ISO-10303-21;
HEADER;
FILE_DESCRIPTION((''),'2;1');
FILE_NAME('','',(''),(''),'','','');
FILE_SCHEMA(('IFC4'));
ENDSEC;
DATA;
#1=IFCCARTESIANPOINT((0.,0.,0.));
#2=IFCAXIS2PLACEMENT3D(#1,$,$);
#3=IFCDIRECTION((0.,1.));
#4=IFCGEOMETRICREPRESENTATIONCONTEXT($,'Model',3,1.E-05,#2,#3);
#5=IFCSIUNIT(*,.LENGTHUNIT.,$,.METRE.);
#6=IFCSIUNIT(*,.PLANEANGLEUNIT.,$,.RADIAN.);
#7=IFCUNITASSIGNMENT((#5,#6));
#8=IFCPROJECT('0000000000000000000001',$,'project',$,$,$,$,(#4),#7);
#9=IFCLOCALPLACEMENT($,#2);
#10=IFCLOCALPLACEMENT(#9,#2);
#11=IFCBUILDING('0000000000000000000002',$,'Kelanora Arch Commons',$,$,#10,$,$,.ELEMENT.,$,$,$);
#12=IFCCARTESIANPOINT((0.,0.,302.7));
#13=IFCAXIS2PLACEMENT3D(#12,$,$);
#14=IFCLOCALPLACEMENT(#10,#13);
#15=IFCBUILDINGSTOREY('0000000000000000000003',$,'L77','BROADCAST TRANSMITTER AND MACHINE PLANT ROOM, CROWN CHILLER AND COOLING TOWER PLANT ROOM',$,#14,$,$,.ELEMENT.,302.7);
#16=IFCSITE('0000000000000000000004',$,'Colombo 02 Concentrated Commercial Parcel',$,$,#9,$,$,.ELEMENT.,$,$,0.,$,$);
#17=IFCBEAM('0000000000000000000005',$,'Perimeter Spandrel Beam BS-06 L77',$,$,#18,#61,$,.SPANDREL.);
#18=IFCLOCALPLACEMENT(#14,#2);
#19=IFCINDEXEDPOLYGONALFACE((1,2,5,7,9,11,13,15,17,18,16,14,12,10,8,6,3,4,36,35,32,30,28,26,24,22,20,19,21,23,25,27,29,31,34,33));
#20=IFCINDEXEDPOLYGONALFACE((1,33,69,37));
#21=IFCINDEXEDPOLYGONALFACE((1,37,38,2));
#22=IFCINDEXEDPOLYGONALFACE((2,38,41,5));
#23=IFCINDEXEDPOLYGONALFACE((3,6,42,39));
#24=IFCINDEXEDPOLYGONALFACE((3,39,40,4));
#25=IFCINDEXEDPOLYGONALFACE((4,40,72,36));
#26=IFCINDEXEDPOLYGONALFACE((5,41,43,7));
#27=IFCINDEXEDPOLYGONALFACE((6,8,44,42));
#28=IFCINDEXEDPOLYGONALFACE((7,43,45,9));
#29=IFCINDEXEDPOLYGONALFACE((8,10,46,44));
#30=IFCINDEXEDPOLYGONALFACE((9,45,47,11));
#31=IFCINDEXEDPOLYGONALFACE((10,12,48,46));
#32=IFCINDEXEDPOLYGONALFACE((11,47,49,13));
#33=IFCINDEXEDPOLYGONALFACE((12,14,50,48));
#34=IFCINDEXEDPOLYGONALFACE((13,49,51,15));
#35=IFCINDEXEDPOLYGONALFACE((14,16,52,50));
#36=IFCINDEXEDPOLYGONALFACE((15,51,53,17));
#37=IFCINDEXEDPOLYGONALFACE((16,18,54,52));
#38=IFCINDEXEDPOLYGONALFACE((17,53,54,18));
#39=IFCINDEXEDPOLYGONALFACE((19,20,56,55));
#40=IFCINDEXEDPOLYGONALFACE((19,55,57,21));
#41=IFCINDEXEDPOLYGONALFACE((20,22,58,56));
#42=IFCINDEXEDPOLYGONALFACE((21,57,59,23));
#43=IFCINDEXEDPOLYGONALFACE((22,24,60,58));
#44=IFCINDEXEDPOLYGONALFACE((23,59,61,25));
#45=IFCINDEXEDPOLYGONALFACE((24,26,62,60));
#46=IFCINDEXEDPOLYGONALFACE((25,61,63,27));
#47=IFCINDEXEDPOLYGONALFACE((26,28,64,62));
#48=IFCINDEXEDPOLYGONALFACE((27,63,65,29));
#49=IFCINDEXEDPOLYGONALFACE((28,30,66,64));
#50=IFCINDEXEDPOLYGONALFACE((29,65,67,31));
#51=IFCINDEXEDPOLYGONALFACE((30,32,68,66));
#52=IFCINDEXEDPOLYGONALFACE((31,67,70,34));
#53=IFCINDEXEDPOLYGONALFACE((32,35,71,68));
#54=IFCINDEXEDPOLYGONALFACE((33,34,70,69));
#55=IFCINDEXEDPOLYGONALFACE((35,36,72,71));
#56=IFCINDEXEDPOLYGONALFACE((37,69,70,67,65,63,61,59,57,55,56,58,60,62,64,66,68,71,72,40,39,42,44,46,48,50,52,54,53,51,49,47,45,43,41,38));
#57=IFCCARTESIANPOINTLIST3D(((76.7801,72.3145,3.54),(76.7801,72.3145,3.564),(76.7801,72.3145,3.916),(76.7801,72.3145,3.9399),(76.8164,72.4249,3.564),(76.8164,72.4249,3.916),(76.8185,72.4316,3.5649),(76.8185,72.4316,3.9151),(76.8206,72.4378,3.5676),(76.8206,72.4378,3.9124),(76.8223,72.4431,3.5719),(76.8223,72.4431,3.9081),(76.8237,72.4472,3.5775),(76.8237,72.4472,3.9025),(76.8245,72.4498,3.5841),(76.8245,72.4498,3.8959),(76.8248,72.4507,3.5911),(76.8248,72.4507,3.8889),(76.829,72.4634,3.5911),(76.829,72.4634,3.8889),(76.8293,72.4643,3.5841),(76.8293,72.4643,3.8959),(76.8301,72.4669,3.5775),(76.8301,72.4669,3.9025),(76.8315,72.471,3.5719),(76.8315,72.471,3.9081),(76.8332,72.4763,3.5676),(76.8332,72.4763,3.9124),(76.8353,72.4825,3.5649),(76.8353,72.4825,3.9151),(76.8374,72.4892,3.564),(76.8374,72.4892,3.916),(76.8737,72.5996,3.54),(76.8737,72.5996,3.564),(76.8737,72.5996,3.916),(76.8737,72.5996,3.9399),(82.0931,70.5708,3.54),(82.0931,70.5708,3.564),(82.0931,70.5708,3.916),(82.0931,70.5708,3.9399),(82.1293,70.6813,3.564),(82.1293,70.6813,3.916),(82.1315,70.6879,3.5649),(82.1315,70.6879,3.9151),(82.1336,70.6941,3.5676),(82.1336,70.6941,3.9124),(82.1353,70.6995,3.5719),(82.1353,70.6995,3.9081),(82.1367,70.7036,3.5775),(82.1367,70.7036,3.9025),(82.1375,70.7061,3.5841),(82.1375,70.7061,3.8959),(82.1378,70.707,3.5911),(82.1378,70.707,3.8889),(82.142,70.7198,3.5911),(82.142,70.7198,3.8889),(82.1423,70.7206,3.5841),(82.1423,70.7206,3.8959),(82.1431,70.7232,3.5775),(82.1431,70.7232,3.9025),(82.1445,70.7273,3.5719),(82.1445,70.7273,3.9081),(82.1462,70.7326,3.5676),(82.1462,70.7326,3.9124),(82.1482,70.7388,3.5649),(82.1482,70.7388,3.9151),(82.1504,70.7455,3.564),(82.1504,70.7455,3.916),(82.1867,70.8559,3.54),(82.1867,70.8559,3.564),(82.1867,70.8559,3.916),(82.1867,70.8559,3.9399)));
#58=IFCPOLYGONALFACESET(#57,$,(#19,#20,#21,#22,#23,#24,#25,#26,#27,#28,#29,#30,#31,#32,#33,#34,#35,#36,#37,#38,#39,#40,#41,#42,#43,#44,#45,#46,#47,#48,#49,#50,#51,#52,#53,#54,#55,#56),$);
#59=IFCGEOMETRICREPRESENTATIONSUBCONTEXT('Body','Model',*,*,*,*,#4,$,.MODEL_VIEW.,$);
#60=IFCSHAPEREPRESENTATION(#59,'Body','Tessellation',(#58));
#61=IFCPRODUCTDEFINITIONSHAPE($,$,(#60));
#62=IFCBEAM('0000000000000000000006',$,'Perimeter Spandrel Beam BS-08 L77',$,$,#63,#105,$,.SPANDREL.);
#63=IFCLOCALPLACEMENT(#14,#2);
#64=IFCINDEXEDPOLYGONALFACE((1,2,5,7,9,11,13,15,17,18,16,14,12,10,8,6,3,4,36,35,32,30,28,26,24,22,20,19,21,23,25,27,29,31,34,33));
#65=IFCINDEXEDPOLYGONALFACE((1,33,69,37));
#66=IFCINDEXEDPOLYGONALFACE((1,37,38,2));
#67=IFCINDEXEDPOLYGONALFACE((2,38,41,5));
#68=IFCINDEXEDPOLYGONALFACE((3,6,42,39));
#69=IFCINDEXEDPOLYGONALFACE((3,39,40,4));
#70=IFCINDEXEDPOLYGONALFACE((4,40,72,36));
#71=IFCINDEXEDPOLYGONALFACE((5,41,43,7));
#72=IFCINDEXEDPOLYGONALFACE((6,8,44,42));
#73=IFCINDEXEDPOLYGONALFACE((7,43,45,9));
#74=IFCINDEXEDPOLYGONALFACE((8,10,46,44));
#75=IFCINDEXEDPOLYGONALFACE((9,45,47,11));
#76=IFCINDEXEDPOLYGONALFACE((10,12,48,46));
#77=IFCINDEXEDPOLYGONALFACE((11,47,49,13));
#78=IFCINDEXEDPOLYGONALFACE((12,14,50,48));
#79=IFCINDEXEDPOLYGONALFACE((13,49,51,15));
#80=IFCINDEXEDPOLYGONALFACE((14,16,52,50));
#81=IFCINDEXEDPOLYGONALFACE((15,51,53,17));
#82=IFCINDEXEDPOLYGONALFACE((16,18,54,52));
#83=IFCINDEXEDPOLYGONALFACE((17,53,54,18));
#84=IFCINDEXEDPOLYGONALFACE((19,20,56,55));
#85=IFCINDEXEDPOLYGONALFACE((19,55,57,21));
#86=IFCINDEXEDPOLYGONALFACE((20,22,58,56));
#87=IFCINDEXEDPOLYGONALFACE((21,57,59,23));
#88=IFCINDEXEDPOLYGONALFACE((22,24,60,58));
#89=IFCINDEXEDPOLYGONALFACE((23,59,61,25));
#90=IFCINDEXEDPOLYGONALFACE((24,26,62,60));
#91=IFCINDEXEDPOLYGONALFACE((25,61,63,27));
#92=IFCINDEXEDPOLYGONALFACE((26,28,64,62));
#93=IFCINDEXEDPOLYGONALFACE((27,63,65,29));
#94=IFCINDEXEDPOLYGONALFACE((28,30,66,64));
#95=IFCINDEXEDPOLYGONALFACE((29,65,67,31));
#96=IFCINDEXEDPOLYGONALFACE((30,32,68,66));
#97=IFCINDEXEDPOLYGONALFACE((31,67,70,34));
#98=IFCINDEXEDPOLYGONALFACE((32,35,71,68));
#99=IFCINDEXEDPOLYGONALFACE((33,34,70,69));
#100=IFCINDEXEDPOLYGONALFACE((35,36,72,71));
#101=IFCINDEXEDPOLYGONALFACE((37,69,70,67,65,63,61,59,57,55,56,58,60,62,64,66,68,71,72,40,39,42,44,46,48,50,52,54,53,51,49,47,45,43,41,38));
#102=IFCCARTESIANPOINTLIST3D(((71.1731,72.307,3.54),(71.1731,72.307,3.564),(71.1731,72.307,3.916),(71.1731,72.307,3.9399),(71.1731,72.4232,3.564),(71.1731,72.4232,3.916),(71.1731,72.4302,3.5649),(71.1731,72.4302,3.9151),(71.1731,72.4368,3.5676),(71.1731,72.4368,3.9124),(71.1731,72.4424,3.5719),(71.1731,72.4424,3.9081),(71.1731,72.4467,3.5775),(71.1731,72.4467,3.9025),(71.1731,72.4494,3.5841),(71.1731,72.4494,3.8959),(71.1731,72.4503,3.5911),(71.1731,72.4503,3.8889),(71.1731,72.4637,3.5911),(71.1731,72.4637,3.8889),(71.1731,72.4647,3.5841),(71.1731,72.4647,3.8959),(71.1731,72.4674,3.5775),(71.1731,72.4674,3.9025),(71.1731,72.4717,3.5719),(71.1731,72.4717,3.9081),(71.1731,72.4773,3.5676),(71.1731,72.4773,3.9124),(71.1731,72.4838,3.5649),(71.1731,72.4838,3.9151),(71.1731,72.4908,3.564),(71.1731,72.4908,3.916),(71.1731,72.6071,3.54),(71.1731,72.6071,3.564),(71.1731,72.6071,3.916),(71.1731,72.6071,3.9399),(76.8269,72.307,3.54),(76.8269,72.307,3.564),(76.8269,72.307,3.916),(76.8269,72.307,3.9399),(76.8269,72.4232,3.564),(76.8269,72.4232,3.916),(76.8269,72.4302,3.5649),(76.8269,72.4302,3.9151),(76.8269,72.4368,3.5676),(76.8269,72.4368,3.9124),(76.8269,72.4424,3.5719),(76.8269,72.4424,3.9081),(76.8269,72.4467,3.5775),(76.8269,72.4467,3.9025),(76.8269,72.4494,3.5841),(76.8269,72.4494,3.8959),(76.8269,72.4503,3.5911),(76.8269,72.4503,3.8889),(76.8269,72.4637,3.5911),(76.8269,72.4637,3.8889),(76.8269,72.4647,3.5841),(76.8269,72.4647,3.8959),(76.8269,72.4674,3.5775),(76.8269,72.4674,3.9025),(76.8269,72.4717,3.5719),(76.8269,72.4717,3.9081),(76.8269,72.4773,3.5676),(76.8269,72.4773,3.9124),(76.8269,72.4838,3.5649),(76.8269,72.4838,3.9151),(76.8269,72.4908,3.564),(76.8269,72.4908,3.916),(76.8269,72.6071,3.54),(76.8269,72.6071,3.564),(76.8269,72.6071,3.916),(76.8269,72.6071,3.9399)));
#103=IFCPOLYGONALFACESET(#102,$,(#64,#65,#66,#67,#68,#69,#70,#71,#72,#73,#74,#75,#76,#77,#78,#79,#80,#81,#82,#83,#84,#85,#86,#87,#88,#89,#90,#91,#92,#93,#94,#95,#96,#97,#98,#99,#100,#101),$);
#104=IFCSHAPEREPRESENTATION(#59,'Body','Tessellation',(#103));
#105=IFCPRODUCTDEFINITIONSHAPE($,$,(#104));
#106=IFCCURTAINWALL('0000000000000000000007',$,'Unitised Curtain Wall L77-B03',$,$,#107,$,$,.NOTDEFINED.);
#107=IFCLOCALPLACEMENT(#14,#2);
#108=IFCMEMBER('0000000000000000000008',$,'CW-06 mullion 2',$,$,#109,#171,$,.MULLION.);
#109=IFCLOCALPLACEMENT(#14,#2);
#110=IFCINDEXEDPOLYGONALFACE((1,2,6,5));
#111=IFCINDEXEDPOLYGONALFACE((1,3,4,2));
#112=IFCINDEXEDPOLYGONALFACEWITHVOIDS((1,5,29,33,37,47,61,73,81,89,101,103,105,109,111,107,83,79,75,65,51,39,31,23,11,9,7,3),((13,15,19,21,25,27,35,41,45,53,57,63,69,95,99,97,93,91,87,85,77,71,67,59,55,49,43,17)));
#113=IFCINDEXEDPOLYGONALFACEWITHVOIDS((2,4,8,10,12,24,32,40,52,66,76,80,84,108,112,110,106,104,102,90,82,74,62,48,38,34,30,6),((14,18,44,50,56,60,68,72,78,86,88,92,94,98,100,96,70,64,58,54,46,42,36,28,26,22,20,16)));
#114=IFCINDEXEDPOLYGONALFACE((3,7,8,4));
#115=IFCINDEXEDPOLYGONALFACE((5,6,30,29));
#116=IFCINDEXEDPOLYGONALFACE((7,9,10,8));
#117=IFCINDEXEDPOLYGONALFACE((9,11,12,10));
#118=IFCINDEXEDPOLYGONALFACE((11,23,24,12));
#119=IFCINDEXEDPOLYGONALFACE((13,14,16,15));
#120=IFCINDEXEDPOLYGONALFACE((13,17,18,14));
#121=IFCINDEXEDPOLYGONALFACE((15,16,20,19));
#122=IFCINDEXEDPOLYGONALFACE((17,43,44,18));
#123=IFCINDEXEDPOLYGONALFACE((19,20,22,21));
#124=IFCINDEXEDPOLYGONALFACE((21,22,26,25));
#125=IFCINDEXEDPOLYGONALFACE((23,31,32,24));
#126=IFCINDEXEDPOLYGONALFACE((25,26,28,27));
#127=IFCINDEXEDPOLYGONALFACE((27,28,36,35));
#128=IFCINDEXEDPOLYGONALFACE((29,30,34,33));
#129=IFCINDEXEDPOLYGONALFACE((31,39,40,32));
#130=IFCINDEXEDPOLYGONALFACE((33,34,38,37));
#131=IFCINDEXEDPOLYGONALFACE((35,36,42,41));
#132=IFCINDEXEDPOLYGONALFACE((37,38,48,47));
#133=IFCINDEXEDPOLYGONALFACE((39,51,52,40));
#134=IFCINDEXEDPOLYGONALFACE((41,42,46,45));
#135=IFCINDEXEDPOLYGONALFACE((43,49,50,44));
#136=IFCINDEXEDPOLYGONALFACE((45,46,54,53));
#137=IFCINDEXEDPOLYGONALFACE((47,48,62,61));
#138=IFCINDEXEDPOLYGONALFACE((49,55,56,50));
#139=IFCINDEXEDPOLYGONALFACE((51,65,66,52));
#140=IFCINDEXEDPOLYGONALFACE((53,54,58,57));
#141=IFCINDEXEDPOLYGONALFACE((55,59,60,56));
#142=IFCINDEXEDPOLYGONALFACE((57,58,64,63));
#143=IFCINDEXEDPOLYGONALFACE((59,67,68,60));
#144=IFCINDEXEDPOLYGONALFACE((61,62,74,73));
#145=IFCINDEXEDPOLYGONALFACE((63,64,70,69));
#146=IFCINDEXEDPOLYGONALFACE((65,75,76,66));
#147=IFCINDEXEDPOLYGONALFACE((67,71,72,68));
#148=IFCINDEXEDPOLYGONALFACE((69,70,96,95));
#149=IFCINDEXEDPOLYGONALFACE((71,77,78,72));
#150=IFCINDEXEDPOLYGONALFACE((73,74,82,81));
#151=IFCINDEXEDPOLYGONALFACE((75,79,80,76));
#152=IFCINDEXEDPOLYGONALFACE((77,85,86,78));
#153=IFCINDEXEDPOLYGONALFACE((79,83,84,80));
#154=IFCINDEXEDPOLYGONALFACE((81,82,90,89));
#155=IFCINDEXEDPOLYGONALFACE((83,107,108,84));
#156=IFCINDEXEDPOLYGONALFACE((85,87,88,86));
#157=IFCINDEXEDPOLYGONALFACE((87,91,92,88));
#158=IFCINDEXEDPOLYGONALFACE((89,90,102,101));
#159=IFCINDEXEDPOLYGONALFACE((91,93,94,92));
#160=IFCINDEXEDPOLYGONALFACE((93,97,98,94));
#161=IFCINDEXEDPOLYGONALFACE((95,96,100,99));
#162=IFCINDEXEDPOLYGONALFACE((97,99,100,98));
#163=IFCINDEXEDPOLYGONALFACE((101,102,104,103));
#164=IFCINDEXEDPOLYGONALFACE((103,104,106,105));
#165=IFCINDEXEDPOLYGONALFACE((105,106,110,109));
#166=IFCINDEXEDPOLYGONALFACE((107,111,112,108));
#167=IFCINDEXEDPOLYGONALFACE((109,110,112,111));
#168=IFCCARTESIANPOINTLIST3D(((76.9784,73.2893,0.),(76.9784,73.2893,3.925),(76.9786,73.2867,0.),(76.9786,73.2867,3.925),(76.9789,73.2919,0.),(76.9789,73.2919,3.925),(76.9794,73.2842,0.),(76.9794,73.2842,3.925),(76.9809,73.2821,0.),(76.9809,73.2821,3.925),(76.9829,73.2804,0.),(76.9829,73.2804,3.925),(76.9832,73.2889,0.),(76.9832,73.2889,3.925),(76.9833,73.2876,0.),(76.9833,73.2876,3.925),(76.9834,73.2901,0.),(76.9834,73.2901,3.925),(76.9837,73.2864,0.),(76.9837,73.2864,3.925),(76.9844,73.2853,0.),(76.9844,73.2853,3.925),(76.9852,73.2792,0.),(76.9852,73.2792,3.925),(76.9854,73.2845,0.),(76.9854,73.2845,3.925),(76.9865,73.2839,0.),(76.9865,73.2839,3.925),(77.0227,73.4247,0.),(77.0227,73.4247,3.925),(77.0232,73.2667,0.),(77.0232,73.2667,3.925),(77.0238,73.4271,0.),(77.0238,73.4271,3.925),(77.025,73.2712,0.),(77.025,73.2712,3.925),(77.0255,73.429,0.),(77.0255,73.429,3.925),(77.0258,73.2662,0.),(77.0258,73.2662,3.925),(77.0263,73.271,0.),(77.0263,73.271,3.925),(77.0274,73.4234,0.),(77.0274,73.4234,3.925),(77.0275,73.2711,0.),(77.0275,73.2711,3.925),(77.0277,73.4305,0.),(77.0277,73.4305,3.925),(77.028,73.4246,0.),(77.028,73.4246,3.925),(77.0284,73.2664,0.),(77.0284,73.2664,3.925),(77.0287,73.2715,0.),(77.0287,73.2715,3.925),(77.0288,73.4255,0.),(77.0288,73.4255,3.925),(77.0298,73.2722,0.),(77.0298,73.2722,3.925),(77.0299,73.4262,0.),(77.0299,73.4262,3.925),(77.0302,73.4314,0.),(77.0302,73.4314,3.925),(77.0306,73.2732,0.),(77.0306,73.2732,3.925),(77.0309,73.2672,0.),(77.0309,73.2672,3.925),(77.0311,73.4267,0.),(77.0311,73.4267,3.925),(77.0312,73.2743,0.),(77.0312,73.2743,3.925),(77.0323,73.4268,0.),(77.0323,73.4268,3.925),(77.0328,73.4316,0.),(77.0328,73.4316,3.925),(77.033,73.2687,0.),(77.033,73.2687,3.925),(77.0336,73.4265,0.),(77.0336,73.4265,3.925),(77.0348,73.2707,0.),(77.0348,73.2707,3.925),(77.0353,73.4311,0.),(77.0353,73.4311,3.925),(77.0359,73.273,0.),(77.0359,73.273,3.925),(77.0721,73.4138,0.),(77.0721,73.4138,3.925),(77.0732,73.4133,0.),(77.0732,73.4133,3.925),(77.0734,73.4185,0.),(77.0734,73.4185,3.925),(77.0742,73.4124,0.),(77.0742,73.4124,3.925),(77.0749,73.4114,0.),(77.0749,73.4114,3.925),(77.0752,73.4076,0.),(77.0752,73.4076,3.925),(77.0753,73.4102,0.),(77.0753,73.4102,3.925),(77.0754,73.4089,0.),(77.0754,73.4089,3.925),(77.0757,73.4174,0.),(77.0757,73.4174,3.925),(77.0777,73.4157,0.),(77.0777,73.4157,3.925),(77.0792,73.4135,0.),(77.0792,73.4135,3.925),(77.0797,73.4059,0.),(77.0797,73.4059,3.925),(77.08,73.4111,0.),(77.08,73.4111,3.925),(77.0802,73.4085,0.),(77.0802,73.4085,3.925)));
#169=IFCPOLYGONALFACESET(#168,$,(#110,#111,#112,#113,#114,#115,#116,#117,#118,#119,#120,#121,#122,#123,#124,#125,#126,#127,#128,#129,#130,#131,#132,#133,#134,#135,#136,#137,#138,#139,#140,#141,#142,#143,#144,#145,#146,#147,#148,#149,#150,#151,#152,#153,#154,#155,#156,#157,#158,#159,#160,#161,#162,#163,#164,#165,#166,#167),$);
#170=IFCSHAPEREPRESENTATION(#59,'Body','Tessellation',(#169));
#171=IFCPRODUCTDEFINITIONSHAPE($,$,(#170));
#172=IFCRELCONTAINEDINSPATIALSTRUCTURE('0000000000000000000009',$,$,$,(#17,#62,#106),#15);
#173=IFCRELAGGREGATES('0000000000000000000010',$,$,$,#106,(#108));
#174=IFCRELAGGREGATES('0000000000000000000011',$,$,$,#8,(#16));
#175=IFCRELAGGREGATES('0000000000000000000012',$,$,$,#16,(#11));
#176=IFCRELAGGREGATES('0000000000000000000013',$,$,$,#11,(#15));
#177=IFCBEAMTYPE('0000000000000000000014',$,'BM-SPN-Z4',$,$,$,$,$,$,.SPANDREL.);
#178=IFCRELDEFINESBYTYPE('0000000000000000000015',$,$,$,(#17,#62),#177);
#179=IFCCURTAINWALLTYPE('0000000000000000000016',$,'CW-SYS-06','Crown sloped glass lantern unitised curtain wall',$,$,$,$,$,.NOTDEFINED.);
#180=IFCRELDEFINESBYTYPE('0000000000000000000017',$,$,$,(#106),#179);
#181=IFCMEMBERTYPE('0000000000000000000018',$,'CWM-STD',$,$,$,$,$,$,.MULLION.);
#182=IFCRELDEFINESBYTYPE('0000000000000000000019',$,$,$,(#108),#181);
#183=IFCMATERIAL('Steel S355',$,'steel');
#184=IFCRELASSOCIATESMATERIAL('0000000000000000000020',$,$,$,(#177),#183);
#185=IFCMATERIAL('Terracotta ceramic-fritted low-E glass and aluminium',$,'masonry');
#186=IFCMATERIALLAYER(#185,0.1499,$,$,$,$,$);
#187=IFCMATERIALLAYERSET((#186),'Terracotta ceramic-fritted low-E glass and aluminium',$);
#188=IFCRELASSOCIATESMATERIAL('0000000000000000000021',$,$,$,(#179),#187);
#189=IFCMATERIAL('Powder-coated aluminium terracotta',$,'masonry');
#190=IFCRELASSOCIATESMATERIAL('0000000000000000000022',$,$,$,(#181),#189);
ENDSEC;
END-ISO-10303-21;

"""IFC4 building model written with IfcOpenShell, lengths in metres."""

from ifc_helpers import new_model, si_unit, direction, frame, origin, origin_2d, place, context, subcontext, project, spatial, hollow_rectangle, i_section, extrude, material, layer, layer_set, material_profile, profile_set, type_object, element, aggregate, save


model = new_model("IFC4")

# Units and contexts
model_context = context("Model", 3, precision=1e-05, world=origin(), true_north=direction((0.0, 1.0)))
body_context = subcontext(model_context, "Body", "Model", "MODEL_VIEW")
ifc_project = project(units=[si_unit("LENGTHUNIT", "METRE"), si_unit("PLANEANGLEUNIT", "RADIAN")], contexts=[model_context])

# Site, building, storey
site_placement = place(None, origin())
site = spatial("IfcSite", under=ifc_project, at=site_placement, Name="Colombo 02 Concentrated Commercial Parcel", CompositionType="ELEMENT", RefElevation=0.0)
building_placement = place(site_placement, origin())
building = spatial("IfcBuilding", under=site, at=building_placement, Name="Kelanora Arch Commons", CompositionType="ELEMENT")
storey_placement = place(building_placement, frame((0.0, 0.0, 302.7)))
storey = spatial("IfcBuildingStorey", under=building, at=storey_placement, Name="L77", Description="BROADCAST TRANSMITTER AND MACHINE PLANT ROOM, CROWN CHILLER AND COOLING TOWER PLANT ROOM", CompositionType="ELEMENT", Elevation=302.7)

# Beams
ifc_material_1 = material(Name="Steel S355", Category="steel")
ifc_material_profile_1 = material_profile(ifc_material_1, i_section(OverallWidth=0.3, OverallDepth=0.3999, WebThickness=0.0134, FlangeThickness=0.0239, FilletRadius=0.0271, at=origin_2d()), Name="HEB400")
ifc_profile_set_1 = profile_set([ifc_material_profile_1], Name="Steel S355")
beam_type_1 = type_object("IfcBeamType", Name="BM-SPN-Z4", PredefinedType="SPANDREL", material=ifc_profile_set_1)
beam_1_placement = place(storey_placement, frame((82.1399, 70.7134, 3.74), z_axis=(-0.95014, 0.311823, 0.0), x_axis=(-0.311823, -0.95014, 0.0)))
element("IfcBeam", 1, at=beam_1_placement, inside=storey, type_object=beam_type_1, Name="Perimeter Spandrel Beam BS-06 L77", PredefinedType="SPANDREL", context=body_context, shape_type="SweptSolid", body=[
    extrude(i_section(OverallWidth=0.3, OverallDepth=0.3999, WebThickness=0.0134, FlangeThickness=0.0239, FilletRadius=0.0271, at=origin_2d()), origin(), (0.0, 0.0, 1.0), 5.5918),
])
beam_2_placement = place(storey_placement, frame((76.8269, 72.457, 3.74), z_axis=(-1.0, 0.0, 0.0), x_axis=(0.0, -1.0, 0.0)))
element("IfcBeam", 2, at=beam_2_placement, inside=storey, type_object=beam_type_1, Name="Perimeter Spandrel Beam BS-08 L77", PredefinedType="SPANDREL", context=body_context, shape_type="SweptSolid", body=[
    extrude(i_section(OverallWidth=0.3, OverallDepth=0.3999, WebThickness=0.0134, FlangeThickness=0.0239, FilletRadius=0.0271, at=origin_2d()), origin(), (0.0, 0.0, 1.0), 5.6538),
])

# Curtain wall, member
ifc_material_2 = material(Name="Terracotta ceramic-fritted low-E glass and aluminium", Category="masonry")
ifc_layer_1 = layer(ifc_material_2, 0.1499)
ifc_layer_set_1 = layer_set([ifc_layer_1], Name="Terracotta ceramic-fritted low-E glass and aluminium")
curtain_wall_type = type_object("IfcCurtainWallType", Name="CW-SYS-06", Description="Crown sloped glass lantern unitised curtain wall", PredefinedType="NOTDEFINED", material=ifc_layer_set_1)
curtain_wall_1_placement = place(storey_placement, origin())
curtain_wall_1 = element("IfcCurtainWall", 3, at=curtain_wall_1_placement, inside=storey, type_object=curtain_wall_type, Name="Unitised Curtain Wall L77-B03", PredefinedType="NOTDEFINED")
ifc_material_3 = material(Name="Powder-coated aluminium terracotta", Category="masonry")
ifc_material_profile_2 = material_profile(ifc_material_3, hollow_rectangle(XDim=0.1599, YDim=0.0601, WallThickness=0.0049, InnerFilletRadius=0.0049, OuterFilletRadius=0.01, at=origin_2d()), Name="CWM160x60")
ifc_profile_set_2 = profile_set([ifc_material_profile_2], Name="Powder-coated aluminium terracotta")
member_type_1 = type_object("IfcMemberType", Name="CWM-STD", PredefinedType="MULLION", material=ifc_profile_set_2)
member_1_placement = place(storey_placement, frame((77.0293, 73.3489, 0.0), z_axis=(0.0, 0.0, 1.0), x_axis=(-0.313467, -0.949599, 0.0)))
member_1 = element("IfcMember", 4, at=member_1_placement, type_object=member_type_1, Name="CW-06 mullion 2", PredefinedType="MULLION", context=body_context, shape_type="SweptSolid", body=[
    extrude(hollow_rectangle(XDim=0.1599, YDim=0.0601, WallThickness=0.0049, InnerFilletRadius=0.0049, OuterFilletRadius=0.01, at=origin_2d()), origin(), (0.0, 0.0, 1.0), 3.925),
])

aggregate(curtain_wall_1, [member_1])

save(model, "model.ifc")
